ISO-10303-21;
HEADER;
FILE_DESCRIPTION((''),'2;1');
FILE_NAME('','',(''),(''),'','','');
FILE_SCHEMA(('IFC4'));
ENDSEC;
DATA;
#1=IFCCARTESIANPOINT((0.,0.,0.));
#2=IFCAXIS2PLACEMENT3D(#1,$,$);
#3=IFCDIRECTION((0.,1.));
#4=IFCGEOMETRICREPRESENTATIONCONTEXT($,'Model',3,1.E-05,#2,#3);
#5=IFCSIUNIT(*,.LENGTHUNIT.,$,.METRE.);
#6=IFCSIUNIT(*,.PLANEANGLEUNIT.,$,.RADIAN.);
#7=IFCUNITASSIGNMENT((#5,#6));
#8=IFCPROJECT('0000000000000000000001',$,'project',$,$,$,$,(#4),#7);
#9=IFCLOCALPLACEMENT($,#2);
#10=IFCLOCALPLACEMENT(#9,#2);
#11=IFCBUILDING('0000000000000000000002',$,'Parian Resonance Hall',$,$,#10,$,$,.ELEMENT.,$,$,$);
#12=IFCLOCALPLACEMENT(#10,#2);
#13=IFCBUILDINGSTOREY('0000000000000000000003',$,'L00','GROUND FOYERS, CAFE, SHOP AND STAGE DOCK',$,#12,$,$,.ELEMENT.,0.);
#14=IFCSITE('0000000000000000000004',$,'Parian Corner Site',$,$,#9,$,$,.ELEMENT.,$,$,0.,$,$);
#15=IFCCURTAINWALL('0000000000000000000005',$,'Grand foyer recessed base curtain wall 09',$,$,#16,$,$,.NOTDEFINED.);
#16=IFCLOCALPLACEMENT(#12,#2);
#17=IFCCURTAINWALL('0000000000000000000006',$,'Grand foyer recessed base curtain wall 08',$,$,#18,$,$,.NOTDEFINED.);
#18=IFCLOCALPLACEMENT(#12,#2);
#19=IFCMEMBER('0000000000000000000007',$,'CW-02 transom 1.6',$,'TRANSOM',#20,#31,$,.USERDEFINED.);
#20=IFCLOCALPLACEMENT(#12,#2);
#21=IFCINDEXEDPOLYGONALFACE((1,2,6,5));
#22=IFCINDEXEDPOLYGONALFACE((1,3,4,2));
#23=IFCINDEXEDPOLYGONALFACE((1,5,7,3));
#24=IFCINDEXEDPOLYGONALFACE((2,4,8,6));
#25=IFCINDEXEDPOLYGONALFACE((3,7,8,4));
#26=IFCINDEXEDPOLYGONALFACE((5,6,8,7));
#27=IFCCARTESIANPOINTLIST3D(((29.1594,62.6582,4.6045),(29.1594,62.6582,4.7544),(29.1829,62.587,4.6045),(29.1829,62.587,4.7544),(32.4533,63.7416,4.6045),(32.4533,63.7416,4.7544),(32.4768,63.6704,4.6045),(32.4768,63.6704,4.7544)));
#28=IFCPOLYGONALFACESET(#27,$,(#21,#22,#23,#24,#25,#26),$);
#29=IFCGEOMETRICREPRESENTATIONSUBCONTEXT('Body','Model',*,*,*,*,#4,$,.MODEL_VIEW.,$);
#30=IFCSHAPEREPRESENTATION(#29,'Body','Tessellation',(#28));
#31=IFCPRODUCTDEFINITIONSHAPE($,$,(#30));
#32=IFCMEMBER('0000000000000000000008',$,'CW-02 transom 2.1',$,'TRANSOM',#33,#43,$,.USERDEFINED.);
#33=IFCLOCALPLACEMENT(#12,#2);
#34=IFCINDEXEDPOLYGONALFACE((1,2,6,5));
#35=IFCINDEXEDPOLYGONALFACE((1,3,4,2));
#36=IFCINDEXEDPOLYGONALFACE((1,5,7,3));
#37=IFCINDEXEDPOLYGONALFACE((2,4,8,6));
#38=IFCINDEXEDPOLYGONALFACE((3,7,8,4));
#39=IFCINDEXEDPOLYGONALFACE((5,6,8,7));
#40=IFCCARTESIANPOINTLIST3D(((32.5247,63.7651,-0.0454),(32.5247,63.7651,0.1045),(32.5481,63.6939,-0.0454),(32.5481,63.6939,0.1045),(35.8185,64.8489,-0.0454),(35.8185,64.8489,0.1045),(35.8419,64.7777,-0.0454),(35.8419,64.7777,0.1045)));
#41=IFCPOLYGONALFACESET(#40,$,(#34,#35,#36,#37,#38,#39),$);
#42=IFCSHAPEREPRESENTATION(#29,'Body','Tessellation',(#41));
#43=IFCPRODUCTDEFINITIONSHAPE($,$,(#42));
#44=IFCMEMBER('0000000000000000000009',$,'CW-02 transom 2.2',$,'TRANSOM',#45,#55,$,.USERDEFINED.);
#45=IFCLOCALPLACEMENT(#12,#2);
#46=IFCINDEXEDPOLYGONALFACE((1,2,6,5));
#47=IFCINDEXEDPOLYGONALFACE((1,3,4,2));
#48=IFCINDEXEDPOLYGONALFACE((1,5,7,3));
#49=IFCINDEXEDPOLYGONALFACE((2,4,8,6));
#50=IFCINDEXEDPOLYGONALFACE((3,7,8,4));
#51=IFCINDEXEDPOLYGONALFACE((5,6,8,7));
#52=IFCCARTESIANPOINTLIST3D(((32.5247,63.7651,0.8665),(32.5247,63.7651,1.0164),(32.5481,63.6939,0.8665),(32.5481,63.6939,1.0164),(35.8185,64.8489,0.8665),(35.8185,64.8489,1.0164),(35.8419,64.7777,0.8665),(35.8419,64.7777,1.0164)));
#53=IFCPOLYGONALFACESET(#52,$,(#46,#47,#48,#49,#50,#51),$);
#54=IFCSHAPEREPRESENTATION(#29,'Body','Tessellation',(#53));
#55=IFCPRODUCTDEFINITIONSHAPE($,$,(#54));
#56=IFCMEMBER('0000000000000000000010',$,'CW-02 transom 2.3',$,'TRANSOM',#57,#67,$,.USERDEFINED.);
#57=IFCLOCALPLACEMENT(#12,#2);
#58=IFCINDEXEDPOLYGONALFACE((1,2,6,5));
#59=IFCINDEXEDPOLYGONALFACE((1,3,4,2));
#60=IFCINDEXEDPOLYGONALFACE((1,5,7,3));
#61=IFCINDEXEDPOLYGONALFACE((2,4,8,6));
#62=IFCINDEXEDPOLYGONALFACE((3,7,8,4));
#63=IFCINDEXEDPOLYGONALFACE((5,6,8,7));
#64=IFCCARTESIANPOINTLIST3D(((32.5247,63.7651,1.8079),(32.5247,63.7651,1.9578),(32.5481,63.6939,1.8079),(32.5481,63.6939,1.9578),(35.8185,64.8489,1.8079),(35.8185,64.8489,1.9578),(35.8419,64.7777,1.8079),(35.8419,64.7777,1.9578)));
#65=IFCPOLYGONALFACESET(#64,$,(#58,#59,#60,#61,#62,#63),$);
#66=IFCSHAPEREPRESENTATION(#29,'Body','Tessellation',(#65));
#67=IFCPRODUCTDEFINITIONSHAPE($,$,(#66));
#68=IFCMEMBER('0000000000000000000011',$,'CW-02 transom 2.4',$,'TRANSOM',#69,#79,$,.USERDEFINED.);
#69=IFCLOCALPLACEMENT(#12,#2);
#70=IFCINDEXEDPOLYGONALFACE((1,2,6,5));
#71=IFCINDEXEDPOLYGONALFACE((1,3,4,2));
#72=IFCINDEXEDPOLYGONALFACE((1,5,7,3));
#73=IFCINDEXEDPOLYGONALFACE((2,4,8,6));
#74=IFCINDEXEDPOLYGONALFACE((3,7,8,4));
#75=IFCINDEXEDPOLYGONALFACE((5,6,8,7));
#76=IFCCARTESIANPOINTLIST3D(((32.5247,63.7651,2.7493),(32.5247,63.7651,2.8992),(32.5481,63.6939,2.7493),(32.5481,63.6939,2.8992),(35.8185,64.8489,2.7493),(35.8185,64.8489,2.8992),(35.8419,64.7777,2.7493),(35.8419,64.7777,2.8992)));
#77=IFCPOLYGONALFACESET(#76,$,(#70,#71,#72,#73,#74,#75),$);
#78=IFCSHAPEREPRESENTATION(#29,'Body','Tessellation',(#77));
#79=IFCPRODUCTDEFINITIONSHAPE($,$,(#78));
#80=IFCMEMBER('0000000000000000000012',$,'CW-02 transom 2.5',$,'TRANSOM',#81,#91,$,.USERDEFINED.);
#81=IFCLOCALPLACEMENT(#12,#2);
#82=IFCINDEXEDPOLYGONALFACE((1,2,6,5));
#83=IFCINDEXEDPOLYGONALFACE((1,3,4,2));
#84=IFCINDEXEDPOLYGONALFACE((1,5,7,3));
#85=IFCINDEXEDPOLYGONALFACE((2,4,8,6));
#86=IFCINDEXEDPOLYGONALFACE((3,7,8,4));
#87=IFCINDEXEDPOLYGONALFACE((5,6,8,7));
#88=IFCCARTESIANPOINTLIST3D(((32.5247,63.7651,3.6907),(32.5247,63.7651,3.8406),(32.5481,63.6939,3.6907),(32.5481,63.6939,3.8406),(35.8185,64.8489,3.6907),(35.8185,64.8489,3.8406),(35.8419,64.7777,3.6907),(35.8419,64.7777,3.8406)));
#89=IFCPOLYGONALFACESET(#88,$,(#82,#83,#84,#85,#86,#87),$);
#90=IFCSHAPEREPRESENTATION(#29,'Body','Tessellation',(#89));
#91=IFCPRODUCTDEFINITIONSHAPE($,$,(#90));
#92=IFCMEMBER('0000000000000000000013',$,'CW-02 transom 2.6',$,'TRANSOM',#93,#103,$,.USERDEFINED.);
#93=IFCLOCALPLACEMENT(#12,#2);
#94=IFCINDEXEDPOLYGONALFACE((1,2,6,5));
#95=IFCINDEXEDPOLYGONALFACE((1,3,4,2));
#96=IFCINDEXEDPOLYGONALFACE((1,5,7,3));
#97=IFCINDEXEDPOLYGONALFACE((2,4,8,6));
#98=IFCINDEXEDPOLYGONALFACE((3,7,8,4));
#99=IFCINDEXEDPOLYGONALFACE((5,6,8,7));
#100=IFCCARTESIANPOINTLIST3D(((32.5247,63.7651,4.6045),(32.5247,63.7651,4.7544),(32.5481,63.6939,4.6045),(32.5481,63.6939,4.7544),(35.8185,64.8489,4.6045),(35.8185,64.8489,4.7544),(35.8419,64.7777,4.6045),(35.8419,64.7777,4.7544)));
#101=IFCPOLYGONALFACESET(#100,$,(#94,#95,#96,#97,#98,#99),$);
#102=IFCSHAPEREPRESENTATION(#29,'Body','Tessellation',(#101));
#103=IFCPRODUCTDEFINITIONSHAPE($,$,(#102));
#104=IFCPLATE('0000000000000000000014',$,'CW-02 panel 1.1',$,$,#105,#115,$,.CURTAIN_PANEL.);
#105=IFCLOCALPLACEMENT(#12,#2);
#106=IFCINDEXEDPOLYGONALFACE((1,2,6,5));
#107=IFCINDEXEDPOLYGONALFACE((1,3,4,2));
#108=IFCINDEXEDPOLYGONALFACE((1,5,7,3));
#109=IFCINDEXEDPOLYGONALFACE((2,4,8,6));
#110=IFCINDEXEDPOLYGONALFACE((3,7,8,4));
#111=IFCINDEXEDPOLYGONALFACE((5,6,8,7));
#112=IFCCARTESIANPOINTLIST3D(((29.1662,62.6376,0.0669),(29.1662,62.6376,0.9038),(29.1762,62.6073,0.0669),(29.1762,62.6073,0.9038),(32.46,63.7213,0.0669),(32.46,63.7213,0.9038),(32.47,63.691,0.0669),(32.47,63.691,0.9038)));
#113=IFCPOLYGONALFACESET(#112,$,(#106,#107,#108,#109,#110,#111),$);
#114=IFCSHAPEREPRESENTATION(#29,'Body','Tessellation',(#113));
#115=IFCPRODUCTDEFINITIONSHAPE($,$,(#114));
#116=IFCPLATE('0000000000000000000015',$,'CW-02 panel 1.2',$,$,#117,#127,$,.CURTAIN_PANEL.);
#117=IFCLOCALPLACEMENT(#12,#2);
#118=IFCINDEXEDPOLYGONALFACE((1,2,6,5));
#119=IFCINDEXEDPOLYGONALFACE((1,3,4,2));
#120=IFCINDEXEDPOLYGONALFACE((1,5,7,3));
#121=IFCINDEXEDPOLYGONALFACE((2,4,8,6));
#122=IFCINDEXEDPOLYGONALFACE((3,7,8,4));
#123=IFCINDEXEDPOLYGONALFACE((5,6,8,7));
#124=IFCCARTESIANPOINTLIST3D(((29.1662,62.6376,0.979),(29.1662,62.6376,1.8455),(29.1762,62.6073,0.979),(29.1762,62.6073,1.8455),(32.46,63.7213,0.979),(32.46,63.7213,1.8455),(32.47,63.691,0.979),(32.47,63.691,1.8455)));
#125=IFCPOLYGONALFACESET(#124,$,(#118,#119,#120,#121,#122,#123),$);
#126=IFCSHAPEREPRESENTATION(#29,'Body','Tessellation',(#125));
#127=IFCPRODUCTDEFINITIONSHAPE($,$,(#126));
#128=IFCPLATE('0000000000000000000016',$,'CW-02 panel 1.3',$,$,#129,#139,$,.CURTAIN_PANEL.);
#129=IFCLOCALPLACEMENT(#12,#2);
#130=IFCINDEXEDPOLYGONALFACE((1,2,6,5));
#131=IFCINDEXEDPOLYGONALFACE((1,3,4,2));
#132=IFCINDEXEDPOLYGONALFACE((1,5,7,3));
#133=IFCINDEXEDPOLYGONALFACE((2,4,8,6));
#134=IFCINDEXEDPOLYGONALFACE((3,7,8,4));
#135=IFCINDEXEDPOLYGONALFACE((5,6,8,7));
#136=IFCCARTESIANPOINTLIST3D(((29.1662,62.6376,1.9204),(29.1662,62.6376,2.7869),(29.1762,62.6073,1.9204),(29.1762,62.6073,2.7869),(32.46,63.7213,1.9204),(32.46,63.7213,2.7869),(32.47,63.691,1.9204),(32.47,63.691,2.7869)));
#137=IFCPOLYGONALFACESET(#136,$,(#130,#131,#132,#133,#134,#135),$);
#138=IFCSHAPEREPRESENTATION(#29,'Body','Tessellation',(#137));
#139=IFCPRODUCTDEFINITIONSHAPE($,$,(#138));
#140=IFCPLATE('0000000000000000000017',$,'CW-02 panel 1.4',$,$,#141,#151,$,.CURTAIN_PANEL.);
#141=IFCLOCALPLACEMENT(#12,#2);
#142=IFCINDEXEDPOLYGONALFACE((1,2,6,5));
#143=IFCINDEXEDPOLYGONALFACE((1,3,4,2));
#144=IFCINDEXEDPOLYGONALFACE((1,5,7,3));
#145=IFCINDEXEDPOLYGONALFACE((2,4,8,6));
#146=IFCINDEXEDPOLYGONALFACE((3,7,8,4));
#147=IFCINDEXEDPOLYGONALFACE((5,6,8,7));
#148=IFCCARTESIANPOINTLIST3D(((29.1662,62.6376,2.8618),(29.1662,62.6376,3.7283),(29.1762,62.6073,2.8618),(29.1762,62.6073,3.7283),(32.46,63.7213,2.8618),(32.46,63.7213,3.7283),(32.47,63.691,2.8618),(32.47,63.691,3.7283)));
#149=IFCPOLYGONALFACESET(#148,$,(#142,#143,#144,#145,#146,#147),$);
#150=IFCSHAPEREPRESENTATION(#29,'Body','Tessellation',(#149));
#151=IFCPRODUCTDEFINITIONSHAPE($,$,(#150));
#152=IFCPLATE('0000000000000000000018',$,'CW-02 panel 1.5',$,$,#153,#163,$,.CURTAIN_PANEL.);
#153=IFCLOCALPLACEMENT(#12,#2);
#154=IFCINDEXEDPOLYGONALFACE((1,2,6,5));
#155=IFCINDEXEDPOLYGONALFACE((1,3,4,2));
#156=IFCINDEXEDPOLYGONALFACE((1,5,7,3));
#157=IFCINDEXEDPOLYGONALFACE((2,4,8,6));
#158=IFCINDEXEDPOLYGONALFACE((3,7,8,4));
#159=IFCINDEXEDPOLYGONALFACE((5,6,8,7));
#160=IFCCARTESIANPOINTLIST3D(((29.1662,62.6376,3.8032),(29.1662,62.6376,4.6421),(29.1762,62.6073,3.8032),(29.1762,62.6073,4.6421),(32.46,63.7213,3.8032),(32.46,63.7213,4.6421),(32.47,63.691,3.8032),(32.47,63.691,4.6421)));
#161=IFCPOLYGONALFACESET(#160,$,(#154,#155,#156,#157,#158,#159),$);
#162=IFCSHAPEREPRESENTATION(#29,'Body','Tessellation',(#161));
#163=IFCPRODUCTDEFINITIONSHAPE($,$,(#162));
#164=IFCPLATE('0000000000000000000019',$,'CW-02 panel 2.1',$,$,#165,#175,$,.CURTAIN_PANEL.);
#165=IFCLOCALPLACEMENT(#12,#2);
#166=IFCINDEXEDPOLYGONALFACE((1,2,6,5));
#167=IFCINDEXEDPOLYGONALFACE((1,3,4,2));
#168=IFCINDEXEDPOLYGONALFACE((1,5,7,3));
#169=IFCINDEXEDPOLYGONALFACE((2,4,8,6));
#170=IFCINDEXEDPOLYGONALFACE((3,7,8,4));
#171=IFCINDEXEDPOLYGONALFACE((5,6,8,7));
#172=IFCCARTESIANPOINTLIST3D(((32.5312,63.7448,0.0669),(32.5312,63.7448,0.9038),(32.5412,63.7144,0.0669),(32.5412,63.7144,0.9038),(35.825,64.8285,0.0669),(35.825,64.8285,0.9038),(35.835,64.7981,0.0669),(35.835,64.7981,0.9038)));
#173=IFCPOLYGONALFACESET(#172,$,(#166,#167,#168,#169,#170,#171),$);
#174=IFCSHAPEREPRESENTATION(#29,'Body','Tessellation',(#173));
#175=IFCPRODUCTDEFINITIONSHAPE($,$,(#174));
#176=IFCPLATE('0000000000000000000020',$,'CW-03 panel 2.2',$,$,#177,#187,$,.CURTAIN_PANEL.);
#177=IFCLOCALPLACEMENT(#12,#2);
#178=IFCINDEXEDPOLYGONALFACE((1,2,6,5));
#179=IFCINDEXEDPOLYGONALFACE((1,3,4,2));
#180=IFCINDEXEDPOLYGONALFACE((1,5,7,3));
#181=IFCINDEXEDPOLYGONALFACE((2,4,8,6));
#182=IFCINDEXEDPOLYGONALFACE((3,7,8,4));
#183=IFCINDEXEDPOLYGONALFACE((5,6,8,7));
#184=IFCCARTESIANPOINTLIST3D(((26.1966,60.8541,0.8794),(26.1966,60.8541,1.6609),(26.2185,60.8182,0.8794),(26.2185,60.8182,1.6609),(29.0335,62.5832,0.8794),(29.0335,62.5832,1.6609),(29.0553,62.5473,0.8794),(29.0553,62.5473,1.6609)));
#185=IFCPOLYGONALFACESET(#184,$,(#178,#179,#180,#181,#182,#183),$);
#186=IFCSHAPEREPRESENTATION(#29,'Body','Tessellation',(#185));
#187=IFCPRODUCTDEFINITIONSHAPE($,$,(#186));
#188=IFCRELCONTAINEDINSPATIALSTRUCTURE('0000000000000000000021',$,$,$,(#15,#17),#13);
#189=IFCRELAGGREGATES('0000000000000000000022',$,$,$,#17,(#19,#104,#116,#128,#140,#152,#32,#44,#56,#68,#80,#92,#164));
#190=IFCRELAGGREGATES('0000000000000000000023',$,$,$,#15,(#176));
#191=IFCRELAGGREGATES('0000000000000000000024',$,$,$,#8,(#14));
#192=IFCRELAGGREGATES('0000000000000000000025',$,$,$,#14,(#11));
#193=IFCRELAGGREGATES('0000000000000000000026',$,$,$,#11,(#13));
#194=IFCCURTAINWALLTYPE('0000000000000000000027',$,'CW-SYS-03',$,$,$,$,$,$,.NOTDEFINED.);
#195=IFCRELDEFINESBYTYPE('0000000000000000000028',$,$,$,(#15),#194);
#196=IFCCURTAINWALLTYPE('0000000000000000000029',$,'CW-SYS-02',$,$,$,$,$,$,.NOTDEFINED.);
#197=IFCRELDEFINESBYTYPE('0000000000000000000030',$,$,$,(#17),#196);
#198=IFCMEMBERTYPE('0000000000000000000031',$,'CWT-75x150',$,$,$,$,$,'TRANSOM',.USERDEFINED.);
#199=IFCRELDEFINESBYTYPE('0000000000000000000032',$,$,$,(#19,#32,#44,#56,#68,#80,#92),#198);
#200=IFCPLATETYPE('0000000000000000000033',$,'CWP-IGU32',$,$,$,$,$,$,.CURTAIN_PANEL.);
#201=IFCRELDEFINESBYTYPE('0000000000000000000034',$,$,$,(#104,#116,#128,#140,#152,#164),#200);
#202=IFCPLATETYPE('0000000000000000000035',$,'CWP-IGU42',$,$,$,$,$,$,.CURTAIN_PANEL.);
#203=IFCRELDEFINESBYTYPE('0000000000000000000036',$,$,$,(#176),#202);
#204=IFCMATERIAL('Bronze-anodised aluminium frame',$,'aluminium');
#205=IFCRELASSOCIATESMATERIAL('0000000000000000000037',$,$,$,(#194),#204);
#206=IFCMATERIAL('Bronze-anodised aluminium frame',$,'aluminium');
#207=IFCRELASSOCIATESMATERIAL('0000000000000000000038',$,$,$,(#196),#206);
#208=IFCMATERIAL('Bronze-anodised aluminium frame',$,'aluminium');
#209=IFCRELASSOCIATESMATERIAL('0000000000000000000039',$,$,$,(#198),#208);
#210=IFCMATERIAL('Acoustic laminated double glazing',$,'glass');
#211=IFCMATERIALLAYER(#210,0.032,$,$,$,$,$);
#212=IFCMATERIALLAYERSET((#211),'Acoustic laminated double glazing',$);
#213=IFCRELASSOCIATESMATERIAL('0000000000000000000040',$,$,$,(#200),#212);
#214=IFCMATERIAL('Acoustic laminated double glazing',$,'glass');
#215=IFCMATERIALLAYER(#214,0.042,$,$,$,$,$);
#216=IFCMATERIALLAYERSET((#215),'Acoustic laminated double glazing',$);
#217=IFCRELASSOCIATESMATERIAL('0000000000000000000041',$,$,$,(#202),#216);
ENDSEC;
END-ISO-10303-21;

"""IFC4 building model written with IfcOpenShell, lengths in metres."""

from ifc_helpers import new_model, si_unit, direction, frame, origin, origin_2d, place, context, subcontext, project, spatial, rectangle, extrude, material, layer, layer_set, material_profile, profile_set, type_object, element, aggregate, save


model = new_model("IFC4")

# Units and contexts
model_context = context("Model", 3, precision=1e-05, world=origin(), true_north=direction((0.0, 1.0)))
body_context = subcontext(model_context, "Body", "Model", "MODEL_VIEW")
ifc_project = project(units=[si_unit("LENGTHUNIT", "METRE"), si_unit("PLANEANGLEUNIT", "RADIAN")], contexts=[model_context])

# Site, building, storey
site_placement = place(None, origin())
site = spatial("IfcSite", under=ifc_project, at=site_placement, Name="Parian Corner Site", CompositionType="ELEMENT", RefElevation=0.0)
building_placement = place(site_placement, origin())
building = spatial("IfcBuilding", under=site, at=building_placement, Name="Parian Resonance Hall", CompositionType="ELEMENT")
storey_placement = place(building_placement, origin())
storey = spatial("IfcBuildingStorey", under=building, at=storey_placement, Name="L00", Description="GROUND FOYERS, CAFE, SHOP AND STAGE DOCK", CompositionType="ELEMENT", Elevation=0.0)

# Curtain wall
ifc_material_1 = material(Name="Bronze-anodised aluminium frame", Category="aluminium")
curtain_wall_type_1 = type_object("IfcCurtainWallType", Name="CW-SYS-03", PredefinedType="NOTDEFINED", material=ifc_material_1)
curtain_wall_1_placement = place(storey_placement, origin())
curtain_wall_1 = element("IfcCurtainWall", 1, at=curtain_wall_1_placement, inside=storey, type_object=curtain_wall_type_1, Name="Grand foyer recessed base curtain wall 09", PredefinedType="NOTDEFINED")

# Curtain wall, members, plates
ifc_material_2 = material(Name="Bronze-anodised aluminium frame", Category="aluminium")
curtain_wall_type_2 = type_object("IfcCurtainWallType", Name="CW-SYS-02", PredefinedType="NOTDEFINED", material=ifc_material_2)
curtain_wall_2_placement = place(storey_placement, origin())
curtain_wall_2 = element("IfcCurtainWall", 2, at=curtain_wall_2_placement, inside=storey, type_object=curtain_wall_type_2, Name="Grand foyer recessed base curtain wall 08", PredefinedType="NOTDEFINED")
ifc_material_3 = material(Name="Bronze-anodised aluminium frame", Category="aluminium")
ifc_material_profile_1 = material_profile(ifc_material_3, rectangle(XDim=0.075, YDim=0.1499, at=origin_2d()), Name="CWT-75x150")
ifc_profile_set_1 = profile_set([ifc_material_profile_1], Name="Bronze-anodised aluminium frame")
member_type_1 = type_object("IfcMemberType", Name="CWT-75x150", ElementType="TRANSOM", PredefinedType="USERDEFINED", material=ifc_profile_set_1)
member_1_placement = place(storey_placement, frame((29.1711, 62.6226, 4.6794), z_axis=(0.949929, 0.312466, 0.0), x_axis=(-0.312466, 0.949929, 0.0)))
member_1 = element("IfcMember", 3, at=member_1_placement, type_object=member_type_1, Name="CW-02 transom 1.6", ObjectType="TRANSOM", PredefinedType="USERDEFINED", context=body_context, shape_type="SweptSolid", body=[
    extrude(rectangle(XDim=0.075, YDim=0.1499, at=origin_2d()), origin(), (0.0, 0.0, 1.0), 3.4675),
])
member_2_placement = place(storey_placement, frame((32.5364, 63.7295, 0.0295), z_axis=(0.949901, 0.31255, 0.0), x_axis=(-0.31255, 0.949901, 0.0)))
member_2 = element("IfcMember", 4, at=member_2_placement, type_object=member_type_1, Name="CW-02 transom 2.1", ObjectType="TRANSOM", PredefinedType="USERDEFINED", context=body_context, shape_type="SweptSolid", body=[
    extrude(rectangle(XDim=0.075, YDim=0.1499, at=origin_2d()), origin(), (0.0, 0.0, 1.0), 3.4675),
])
member_3_placement = place(storey_placement, frame((32.5364, 63.7295, 0.9414), z_axis=(0.949901, 0.31255, 0.0), x_axis=(-0.31255, 0.949901, 0.0)))
member_3 = element("IfcMember", 5, at=member_3_placement, type_object=member_type_1, Name="CW-02 transom 2.2", ObjectType="TRANSOM", PredefinedType="USERDEFINED", context=body_context, shape_type="SweptSolid", body=[
    extrude(rectangle(XDim=0.075, YDim=0.1499, at=origin_2d()), origin(), (0.0, 0.0, 1.0), 3.4675),
])
member_4_placement = place(storey_placement, frame((32.5364, 63.7295, 1.8828), z_axis=(0.949901, 0.31255, 0.0), x_axis=(-0.31255, 0.949901, 0.0)))
member_4 = element("IfcMember", 6, at=member_4_placement, type_object=member_type_1, Name="CW-02 transom 2.3", ObjectType="TRANSOM", PredefinedType="USERDEFINED", context=body_context, shape_type="SweptSolid", body=[
    extrude(rectangle(XDim=0.075, YDim=0.1499, at=origin_2d()), origin(), (0.0, 0.0, 1.0), 3.4675),
])
member_5_placement = place(storey_placement, frame((32.5364, 63.7295, 2.8242), z_axis=(0.949901, 0.31255, 0.0), x_axis=(-0.31255, 0.949901, 0.0)))
member_5 = element("IfcMember", 7, at=member_5_placement, type_object=member_type_1, Name="CW-02 transom 2.4", ObjectType="TRANSOM", PredefinedType="USERDEFINED", context=body_context, shape_type="SweptSolid", body=[
    extrude(rectangle(XDim=0.075, YDim=0.1499, at=origin_2d()), origin(), (0.0, 0.0, 1.0), 3.4675),
])
member_6_placement = place(storey_placement, frame((32.5364, 63.7295, 3.7656), z_axis=(0.949901, 0.31255, 0.0), x_axis=(-0.31255, 0.949901, 0.0)))
member_6 = element("IfcMember", 8, at=member_6_placement, type_object=member_type_1, Name="CW-02 transom 2.5", ObjectType="TRANSOM", PredefinedType="USERDEFINED", context=body_context, shape_type="SweptSolid", body=[
    extrude(rectangle(XDim=0.075, YDim=0.1499, at=origin_2d()), origin(), (0.0, 0.0, 1.0), 3.4675),
])
member_7_placement = place(storey_placement, frame((32.5364, 63.7295, 4.6794), z_axis=(0.949901, 0.31255, 0.0), x_axis=(-0.31255, 0.949901, 0.0)))
member_7 = element("IfcMember", 9, at=member_7_placement, type_object=member_type_1, Name="CW-02 transom 2.6", ObjectType="TRANSOM", PredefinedType="USERDEFINED", context=body_context, shape_type="SweptSolid", body=[
    extrude(rectangle(XDim=0.075, YDim=0.1499, at=origin_2d()), origin(), (0.0, 0.0, 1.0), 3.4675),
])
ifc_material_4 = material(Name="Acoustic laminated double glazing", Category="glass")
ifc_layer_1 = layer(ifc_material_4, 0.032)
ifc_layer_set_1 = layer_set([ifc_layer_1], Name="Acoustic laminated double glazing")
plate_type_1 = type_object("IfcPlateType", Name="CWP-IGU32", PredefinedType="CURTAIN_PANEL", material=ifc_layer_set_1)
plate_1_placement = place(storey_placement, frame((30.8181, 63.1643, 0.0669), z_axis=(0.0, 0.0, 1.0), x_axis=(0.949908, 0.31253, 0.0)))
plate_1 = element("IfcPlate", 10, at=plate_1_placement, type_object=plate_type_1, Name="CW-02 panel 1.1", PredefinedType="CURTAIN_PANEL", context=body_context, shape_type="SweptSolid", body=[
    extrude(rectangle(XDim=3.4675, YDim=0.032, at=origin_2d()), origin(), (0.0, 0.0, 1.0), 0.8369),
])
plate_2_placement = place(storey_placement, frame((30.8181, 63.1643, 0.979), z_axis=(0.0, 0.0, 1.0), x_axis=(0.949908, 0.31253, 0.0)))
plate_2 = element("IfcPlate", 11, at=plate_2_placement, type_object=plate_type_1, Name="CW-02 panel 1.2", PredefinedType="CURTAIN_PANEL", context=body_context, shape_type="SweptSolid", body=[
    extrude(rectangle(XDim=3.4675, YDim=0.032, at=origin_2d()), origin(), (0.0, 0.0, 1.0), 0.8665),
])
plate_3_placement = place(storey_placement, frame((30.8181, 63.1643, 1.9204), z_axis=(0.0, 0.0, 1.0), x_axis=(0.949908, 0.31253, 0.0)))
plate_3 = element("IfcPlate", 12, at=plate_3_placement, type_object=plate_type_1, Name="CW-02 panel 1.3", PredefinedType="CURTAIN_PANEL", context=body_context, shape_type="SweptSolid", body=[
    extrude(rectangle(XDim=3.4675, YDim=0.032, at=origin_2d()), origin(), (0.0, 0.0, 1.0), 0.8665),
])
plate_4_placement = place(storey_placement, frame((30.8181, 63.1643, 2.8618), z_axis=(0.0, 0.0, 1.0), x_axis=(0.949908, 0.31253, 0.0)))
plate_4 = element("IfcPlate", 13, at=plate_4_placement, type_object=plate_type_1, Name="CW-02 panel 1.4", PredefinedType="CURTAIN_PANEL", context=body_context, shape_type="SweptSolid", body=[
    extrude(rectangle(XDim=3.4675, YDim=0.032, at=origin_2d()), origin(), (0.0, 0.0, 1.0), 0.8665),
])
plate_5_placement = place(storey_placement, frame((30.8181, 63.1643, 3.8032), z_axis=(0.0, 0.0, 1.0), x_axis=(0.949908, 0.31253, 0.0)))
plate_5 = element("IfcPlate", 14, at=plate_5_placement, type_object=plate_type_1, Name="CW-02 panel 1.5", PredefinedType="CURTAIN_PANEL", context=body_context, shape_type="SweptSolid", body=[
    extrude(rectangle(XDim=3.4675, YDim=0.032, at=origin_2d()), origin(), (0.0, 0.0, 1.0), 0.8389),
])
plate_6_placement = place(storey_placement, frame((34.1831, 64.2715, 0.0669), z_axis=(0.0, 0.0, 1.0), x_axis=(0.949908, 0.31253, 0.0)))
plate_6 = element("IfcPlate", 15, at=plate_6_placement, type_object=plate_type_1, Name="CW-02 panel 2.1", PredefinedType="CURTAIN_PANEL", context=body_context, shape_type="SweptSolid", body=[
    extrude(rectangle(XDim=3.4675, YDim=0.032, at=origin_2d()), origin(), (0.0, 0.0, 1.0), 0.8369),
])
aggregate(curtain_wall_2, [member_1, plate_1, plate_2, plate_3, plate_4, plate_5, member_2, member_3, member_4, member_5, member_6, member_7, plate_6])

# Plate
ifc_material_5 = material(Name="Acoustic laminated double glazing", Category="glass")
ifc_layer_2 = layer(ifc_material_5, 0.042)
ifc_layer_set_2 = layer_set([ifc_layer_2], Name="Acoustic laminated double glazing")
plate_type_2 = type_object("IfcPlateType", Name="CWP-IGU42", PredefinedType="CURTAIN_PANEL", material=ifc_layer_set_2)
plate_7_placement = place(storey_placement, frame((27.626, 61.7007, 0.8794), z_axis=(0.0, 0.0, 1.0), x_axis=(0.853888, 0.520456, 0.0)))
plate_7 = element("IfcPlate", 16, at=plate_7_placement, type_object=plate_type_2, Name="CW-03 panel 2.2", PredefinedType="CURTAIN_PANEL", context=body_context, shape_type="SweptSolid", body=[
    extrude(rectangle(XDim=3.3223, YDim=0.042, at=origin_2d()), origin(), (0.0, 0.0, 1.0), 0.7815),
])
aggregate(curtain_wall_1, [plate_7])

save(model, "model.ifc")
